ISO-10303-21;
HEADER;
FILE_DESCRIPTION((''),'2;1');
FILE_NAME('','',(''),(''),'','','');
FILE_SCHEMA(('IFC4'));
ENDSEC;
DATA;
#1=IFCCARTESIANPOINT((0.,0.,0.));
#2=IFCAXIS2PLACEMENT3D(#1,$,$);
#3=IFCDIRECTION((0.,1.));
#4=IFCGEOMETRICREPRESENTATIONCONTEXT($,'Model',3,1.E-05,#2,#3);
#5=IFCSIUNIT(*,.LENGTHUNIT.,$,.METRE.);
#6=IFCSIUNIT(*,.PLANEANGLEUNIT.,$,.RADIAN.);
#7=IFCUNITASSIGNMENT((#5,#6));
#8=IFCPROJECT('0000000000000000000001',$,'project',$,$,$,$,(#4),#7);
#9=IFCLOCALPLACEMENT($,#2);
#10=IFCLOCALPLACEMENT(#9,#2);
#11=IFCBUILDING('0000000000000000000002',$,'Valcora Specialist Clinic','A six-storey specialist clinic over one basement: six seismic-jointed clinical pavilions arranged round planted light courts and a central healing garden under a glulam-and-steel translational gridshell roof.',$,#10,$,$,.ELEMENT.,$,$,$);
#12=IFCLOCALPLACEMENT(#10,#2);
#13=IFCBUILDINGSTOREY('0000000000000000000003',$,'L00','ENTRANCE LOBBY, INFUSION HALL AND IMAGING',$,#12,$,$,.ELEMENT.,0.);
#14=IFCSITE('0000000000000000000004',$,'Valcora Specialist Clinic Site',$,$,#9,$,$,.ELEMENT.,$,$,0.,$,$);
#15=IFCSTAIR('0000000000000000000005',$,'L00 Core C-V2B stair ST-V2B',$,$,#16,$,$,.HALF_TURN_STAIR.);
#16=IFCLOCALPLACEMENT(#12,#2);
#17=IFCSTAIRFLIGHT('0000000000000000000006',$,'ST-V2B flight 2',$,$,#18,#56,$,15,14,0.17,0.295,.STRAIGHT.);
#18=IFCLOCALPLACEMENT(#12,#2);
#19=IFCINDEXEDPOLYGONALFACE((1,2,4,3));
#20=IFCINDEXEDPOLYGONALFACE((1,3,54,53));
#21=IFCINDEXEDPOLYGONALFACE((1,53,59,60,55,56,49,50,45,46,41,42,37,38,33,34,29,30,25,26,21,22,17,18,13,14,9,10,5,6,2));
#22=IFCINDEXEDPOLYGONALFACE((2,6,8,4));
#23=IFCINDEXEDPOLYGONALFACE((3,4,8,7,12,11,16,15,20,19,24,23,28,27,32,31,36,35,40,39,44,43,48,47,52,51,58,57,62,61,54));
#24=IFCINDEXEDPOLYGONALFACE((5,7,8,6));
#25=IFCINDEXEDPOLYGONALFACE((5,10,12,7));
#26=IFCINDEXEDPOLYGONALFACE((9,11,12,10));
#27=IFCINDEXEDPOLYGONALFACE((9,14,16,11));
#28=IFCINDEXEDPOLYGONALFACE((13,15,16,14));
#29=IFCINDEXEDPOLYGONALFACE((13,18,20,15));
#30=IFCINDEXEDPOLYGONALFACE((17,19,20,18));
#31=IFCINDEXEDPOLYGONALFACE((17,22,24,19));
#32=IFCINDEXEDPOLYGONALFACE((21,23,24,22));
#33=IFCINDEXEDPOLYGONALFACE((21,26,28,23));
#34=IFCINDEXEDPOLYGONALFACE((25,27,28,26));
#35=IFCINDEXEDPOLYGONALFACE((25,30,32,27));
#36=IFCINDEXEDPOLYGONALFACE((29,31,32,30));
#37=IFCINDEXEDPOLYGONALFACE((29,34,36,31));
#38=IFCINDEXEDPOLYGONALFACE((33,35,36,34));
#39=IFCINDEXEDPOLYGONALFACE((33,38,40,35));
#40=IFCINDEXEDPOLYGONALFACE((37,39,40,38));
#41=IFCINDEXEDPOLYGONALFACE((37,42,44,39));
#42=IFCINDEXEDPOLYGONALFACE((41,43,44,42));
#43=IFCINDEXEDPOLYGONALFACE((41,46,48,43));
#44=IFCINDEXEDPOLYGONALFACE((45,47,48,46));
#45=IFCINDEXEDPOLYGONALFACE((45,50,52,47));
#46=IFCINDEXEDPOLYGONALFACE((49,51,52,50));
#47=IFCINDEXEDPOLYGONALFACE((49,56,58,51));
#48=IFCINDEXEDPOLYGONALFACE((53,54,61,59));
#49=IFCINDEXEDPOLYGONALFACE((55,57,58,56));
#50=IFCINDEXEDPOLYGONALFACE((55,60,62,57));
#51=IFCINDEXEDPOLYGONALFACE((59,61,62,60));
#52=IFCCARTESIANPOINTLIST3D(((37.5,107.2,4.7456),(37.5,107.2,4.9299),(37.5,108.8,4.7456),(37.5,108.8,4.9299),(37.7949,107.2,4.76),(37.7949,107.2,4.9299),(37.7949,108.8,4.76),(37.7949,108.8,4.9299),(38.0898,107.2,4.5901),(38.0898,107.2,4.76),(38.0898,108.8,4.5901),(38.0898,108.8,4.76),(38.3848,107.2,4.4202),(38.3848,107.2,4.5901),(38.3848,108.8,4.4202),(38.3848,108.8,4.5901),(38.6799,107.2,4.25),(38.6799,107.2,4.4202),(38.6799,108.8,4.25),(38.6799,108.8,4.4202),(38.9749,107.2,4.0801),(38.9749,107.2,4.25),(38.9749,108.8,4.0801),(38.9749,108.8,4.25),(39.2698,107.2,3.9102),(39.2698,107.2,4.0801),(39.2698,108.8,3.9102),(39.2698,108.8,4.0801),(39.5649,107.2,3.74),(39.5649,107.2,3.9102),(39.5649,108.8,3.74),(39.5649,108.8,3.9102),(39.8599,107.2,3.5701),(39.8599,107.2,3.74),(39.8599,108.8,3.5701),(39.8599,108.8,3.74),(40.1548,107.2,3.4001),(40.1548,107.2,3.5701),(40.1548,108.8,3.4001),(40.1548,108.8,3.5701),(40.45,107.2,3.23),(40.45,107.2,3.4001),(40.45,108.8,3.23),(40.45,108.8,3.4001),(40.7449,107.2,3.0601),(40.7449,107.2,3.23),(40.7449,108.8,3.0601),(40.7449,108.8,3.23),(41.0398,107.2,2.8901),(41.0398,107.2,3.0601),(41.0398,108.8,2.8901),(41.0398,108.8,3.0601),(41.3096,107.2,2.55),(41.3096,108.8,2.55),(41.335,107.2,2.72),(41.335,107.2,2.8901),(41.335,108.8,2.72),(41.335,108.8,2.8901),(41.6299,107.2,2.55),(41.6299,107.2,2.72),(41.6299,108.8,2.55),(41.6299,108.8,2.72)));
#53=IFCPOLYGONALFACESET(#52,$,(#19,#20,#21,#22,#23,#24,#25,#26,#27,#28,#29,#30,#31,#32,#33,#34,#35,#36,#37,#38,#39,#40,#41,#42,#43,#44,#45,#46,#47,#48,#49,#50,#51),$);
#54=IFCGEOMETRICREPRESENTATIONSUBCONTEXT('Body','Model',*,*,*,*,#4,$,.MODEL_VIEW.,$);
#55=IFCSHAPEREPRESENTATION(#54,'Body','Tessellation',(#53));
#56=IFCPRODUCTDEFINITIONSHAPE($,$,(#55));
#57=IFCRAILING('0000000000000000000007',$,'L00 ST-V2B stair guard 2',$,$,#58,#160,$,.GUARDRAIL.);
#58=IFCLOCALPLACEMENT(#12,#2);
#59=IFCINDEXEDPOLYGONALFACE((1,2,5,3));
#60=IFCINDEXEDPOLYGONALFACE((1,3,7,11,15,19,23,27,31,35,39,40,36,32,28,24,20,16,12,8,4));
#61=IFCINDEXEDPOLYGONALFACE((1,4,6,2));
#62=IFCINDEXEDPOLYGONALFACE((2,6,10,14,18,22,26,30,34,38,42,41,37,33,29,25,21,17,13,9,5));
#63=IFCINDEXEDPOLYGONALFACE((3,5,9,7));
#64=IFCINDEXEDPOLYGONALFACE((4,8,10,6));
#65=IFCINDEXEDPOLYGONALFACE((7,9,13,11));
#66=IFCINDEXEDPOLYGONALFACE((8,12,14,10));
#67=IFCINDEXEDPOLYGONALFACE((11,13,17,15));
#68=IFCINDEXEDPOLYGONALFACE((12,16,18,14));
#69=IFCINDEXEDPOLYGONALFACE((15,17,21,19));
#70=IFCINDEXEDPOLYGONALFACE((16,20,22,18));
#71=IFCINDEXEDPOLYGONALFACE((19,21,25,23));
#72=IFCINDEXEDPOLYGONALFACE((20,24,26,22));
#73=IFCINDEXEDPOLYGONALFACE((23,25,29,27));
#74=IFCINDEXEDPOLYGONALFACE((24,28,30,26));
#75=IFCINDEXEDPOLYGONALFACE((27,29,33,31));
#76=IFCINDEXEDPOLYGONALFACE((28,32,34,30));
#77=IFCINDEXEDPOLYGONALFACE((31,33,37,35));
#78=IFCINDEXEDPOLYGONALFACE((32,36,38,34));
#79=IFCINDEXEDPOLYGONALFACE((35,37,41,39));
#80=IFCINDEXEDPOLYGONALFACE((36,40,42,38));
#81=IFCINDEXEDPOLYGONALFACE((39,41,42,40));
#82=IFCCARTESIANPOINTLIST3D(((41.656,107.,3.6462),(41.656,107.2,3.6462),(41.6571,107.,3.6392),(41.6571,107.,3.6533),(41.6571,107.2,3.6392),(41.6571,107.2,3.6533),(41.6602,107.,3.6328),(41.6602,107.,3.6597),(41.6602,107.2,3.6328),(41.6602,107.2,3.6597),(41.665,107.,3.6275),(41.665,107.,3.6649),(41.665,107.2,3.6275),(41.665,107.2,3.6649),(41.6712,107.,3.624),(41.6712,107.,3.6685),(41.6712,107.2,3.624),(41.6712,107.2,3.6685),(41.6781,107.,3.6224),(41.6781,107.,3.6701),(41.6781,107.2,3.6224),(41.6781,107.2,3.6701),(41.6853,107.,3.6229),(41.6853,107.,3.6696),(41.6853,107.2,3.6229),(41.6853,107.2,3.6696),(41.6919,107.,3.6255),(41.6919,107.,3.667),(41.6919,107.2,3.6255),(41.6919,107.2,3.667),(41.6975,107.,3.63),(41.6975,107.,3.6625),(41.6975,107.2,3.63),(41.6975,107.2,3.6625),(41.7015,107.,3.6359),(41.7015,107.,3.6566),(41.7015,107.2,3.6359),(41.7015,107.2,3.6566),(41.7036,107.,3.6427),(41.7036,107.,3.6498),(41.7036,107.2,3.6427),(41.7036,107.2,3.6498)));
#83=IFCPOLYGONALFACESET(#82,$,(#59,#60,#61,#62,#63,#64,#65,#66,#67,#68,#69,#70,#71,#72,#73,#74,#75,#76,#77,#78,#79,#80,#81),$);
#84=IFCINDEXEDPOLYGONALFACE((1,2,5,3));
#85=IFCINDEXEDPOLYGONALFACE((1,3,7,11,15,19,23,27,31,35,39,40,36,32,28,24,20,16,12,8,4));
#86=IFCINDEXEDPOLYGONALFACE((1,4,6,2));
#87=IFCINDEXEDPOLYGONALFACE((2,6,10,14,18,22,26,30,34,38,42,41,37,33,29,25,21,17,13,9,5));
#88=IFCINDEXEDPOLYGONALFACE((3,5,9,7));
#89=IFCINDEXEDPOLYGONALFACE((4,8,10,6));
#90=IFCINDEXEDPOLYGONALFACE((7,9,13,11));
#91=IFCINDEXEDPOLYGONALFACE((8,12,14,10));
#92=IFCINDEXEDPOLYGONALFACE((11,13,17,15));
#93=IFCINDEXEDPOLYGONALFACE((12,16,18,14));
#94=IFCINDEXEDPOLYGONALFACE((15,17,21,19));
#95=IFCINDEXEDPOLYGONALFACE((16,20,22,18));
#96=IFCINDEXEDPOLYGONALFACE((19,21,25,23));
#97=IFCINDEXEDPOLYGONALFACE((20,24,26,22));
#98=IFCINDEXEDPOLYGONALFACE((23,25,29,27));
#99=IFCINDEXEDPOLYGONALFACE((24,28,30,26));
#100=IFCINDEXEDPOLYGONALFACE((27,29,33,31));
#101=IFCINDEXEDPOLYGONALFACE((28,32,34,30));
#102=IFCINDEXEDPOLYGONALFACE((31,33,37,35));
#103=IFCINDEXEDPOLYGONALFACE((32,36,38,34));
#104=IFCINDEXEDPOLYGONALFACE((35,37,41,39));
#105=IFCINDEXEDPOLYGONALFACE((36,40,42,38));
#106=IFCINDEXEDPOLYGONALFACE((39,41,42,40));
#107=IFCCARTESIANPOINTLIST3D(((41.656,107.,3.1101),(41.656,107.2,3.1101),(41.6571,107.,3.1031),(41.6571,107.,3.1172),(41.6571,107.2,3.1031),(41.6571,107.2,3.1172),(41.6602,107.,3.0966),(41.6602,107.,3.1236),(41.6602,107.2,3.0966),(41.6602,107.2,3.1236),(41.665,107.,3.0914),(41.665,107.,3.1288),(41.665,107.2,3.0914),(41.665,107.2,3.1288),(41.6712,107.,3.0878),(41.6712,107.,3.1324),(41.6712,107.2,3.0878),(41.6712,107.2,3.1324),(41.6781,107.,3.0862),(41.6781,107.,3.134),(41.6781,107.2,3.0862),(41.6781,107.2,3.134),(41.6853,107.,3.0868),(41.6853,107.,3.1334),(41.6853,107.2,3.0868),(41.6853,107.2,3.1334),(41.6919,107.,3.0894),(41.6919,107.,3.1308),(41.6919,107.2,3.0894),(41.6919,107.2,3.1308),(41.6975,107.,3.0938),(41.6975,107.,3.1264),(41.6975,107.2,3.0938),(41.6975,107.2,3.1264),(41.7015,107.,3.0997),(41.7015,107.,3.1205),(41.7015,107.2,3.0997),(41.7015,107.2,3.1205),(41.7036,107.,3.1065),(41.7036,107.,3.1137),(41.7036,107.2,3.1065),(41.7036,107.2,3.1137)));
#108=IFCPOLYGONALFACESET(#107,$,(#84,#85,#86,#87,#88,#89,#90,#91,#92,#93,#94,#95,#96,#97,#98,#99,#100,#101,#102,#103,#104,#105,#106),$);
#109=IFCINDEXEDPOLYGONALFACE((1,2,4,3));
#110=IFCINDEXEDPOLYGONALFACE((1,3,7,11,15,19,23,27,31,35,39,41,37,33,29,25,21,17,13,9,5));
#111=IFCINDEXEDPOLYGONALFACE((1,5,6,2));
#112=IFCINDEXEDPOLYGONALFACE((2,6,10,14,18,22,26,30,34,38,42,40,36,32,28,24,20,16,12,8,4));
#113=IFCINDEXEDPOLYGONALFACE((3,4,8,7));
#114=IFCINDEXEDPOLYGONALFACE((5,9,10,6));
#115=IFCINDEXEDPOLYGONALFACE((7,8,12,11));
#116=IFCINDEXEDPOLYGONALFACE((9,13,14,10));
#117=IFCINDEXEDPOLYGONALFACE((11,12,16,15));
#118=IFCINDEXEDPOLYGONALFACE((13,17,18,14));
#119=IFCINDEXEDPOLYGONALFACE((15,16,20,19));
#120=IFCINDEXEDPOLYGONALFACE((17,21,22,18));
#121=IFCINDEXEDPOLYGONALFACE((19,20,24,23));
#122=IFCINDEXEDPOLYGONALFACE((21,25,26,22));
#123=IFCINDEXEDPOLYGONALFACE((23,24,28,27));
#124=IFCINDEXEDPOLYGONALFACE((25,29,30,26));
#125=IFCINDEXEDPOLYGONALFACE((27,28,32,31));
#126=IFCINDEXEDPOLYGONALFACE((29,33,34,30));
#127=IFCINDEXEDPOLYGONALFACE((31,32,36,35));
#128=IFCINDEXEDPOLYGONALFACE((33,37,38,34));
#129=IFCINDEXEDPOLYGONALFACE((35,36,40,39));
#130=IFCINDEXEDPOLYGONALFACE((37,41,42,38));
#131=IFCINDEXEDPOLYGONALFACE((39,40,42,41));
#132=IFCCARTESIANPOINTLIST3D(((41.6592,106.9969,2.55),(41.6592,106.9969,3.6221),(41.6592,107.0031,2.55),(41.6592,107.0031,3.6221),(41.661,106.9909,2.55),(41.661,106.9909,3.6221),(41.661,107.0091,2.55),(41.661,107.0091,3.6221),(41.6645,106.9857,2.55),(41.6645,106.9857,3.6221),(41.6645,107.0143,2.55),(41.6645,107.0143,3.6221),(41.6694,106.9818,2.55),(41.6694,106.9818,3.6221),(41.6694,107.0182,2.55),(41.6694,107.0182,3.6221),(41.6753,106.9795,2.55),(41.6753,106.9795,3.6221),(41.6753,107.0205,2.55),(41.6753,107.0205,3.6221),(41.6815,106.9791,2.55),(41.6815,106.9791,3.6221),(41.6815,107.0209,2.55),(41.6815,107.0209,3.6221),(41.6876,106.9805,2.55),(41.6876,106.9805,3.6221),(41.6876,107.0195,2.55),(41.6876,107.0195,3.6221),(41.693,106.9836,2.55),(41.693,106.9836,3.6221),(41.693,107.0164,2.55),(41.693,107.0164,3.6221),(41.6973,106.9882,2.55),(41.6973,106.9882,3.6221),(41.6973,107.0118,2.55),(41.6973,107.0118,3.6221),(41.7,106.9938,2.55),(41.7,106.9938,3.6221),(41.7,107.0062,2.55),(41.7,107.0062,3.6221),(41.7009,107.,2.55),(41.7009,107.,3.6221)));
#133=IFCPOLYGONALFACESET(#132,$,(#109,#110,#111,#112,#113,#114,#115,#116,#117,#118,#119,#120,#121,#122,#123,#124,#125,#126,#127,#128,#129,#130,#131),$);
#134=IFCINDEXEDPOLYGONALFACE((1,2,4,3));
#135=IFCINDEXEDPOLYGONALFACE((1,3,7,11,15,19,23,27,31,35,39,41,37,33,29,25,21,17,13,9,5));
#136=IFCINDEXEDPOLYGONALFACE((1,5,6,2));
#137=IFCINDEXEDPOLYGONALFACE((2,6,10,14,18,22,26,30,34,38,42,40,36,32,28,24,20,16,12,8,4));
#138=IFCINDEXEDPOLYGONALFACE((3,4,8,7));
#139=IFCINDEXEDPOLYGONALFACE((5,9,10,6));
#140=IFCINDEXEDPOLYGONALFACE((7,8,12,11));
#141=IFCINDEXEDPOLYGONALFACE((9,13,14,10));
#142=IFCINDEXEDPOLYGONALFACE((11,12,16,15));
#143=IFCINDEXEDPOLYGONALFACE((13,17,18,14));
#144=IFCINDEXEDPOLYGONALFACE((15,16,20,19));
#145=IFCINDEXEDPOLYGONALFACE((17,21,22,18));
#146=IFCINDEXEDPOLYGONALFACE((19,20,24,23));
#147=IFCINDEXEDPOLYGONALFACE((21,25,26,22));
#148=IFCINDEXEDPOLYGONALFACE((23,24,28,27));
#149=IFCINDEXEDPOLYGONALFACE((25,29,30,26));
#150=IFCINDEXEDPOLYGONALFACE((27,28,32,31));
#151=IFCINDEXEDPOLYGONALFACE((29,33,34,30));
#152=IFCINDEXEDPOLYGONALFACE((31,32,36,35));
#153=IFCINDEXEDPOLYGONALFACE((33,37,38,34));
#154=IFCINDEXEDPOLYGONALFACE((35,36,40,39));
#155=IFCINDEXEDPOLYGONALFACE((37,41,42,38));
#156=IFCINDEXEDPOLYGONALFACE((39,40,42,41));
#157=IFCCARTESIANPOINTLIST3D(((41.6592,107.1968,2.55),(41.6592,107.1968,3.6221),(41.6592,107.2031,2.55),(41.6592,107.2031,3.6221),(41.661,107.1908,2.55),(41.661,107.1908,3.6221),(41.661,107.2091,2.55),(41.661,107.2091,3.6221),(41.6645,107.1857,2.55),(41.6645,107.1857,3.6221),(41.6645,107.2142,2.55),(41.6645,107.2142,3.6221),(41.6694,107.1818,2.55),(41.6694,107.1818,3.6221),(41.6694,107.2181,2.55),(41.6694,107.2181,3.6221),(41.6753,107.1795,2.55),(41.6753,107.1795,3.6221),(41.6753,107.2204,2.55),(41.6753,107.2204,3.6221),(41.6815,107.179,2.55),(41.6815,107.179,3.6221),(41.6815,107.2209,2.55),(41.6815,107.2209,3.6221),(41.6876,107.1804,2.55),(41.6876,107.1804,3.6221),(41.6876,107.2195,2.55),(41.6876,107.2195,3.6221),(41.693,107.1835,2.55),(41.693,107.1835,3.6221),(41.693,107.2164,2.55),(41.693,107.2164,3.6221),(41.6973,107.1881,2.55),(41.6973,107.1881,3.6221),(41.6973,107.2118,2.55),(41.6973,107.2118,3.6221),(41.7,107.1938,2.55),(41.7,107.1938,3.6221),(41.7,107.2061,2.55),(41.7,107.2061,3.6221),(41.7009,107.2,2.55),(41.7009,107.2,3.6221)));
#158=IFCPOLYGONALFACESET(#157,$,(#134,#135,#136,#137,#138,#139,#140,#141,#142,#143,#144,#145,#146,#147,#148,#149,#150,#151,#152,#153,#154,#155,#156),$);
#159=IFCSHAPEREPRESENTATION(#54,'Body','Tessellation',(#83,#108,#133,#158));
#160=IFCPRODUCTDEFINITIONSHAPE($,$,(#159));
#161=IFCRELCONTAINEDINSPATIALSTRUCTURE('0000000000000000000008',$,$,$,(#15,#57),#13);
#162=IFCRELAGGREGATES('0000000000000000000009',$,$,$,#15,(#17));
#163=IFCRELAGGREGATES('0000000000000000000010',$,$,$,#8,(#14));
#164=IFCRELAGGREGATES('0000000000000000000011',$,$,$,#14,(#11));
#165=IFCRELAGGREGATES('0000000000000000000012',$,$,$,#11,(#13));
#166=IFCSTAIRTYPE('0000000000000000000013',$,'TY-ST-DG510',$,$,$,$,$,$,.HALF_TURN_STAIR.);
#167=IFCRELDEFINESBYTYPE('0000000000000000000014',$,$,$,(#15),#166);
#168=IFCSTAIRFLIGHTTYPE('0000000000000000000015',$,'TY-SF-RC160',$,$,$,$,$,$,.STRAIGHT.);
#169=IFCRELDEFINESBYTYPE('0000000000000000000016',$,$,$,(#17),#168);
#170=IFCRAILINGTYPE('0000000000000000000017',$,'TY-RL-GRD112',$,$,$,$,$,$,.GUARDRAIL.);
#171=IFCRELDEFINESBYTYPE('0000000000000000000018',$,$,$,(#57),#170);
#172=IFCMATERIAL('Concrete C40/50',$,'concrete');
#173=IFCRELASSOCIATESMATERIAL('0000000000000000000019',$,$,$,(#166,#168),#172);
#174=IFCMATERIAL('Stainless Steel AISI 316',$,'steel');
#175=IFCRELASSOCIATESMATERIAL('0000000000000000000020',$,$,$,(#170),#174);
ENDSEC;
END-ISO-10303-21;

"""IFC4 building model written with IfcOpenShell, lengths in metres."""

from ifc_helpers import new_model, si_unit, direction, frame, origin, origin_2d, place, context, subcontext, project, spatial, polyline, circle, outline, extrude, material, type_object, element, aggregate, save


model = new_model("IFC4")

# Units and contexts
model_context = context("Model", 3, precision=1e-05, world=origin(), true_north=direction((0.0, 1.0)))
body_context = subcontext(model_context, "Body", "Model", "MODEL_VIEW")
ifc_project = project(units=[si_unit("LENGTHUNIT", "METRE"), si_unit("PLANEANGLEUNIT", "RADIAN")], contexts=[model_context])

# Site, building, storey
site_placement = place(None, origin())
site = spatial("IfcSite", under=ifc_project, at=site_placement, Name="Valcora Specialist Clinic Site", CompositionType="ELEMENT", RefElevation=0.0)
building_placement = place(site_placement, origin())
building = spatial("IfcBuilding", under=site, at=building_placement, Name="Valcora Specialist Clinic", Description="A six-storey specialist clinic over one basement: six seismic-jointed clinical pavilions arranged round planted light courts and a central healing garden under a glulam-and-steel translational gridshell roof.", CompositionType="ELEMENT")
storey_placement = place(building_placement, origin())
storey = spatial("IfcBuildingStorey", under=building, at=storey_placement, Name="L00", Description="ENTRANCE LOBBY, INFUSION HALL AND IMAGING", CompositionType="ELEMENT", Elevation=0.0)

# Shared definitions
ifc_material_1 = material(Name="Concrete C40/50", Category="concrete")

# Stair, stair flight
stair_type = type_object("IfcStairType", Name="TY-ST-DG510", PredefinedType="HALF_TURN_STAIR", material=ifc_material_1)
stair_placement = place(storey_placement, origin())
stair = element("IfcStair", 1, at=stair_placement, inside=storey, type_object=stair_type, Name="L00 Core C-V2B stair ST-V2B", PredefinedType="HALF_TURN_STAIR")
stair_flight_type = type_object("IfcStairFlightType", Name="TY-SF-RC160", PredefinedType="STRAIGHT", material=ifc_material_1)
stair_flight_1_placement = place(storey_placement, frame((41.6299, 108.0, 2.55), z_axis=(0.0, 0.0, 1.0), x_axis=(-1.0, 0.0, 0.0)))
stair_flight_1 = element("IfcStairFlight", 2, at=stair_flight_1_placement, type_object=stair_flight_type, Name="ST-V2B flight 2", NumberOfRisers=15, NumberOfTreads=14, PredefinedType="STRAIGHT", RiserHeight=0.17, TreadLength=0.295, context=body_context, shape_type="SweptSolid", body=[
    extrude(outline(polyline([(0.0, 0.0), (0.0, 0.1699), (0.2949, 0.1699), (0.2949, 0.3401), (0.5901, 0.3401), (0.5901, 0.51), (0.885, 0.51), (0.885, 0.6799), (1.1799, 0.6799), (1.1799, 0.8501), (1.4751, 0.8501), (1.4751, 1.02), (1.77, 1.02), (1.77, 1.1899), (2.0649, 1.1899), (2.0649, 1.3601), (2.3601, 1.3601), (2.3601, 1.53), (2.655, 1.53), (2.655, 1.7), (2.95, 1.7), (2.95, 1.8701), (3.2451, 1.8701), (3.2451, 2.04), (3.54, 2.04), (3.54, 2.21), (3.835, 2.21), (3.835, 2.3799), (4.1299, 2.3799), (4.1299, 2.55), (4.1299, 2.1956), (0.3203, 0.0), (0.0, 0.0)])), frame((0.0, 0.8, 0.0), z_axis=(0.0, -1.0, 0.0), x_axis=(1.0, 0.0, 0.0)), (0.0, 0.0, 1.0), 1.6001),
])
aggregate(stair, [stair_flight_1])

# Railing
ifc_material_2 = material(Name="Stainless Steel AISI 316", Category="steel")
railing_type_1 = type_object("IfcRailingType", Name="TY-RL-GRD112", PredefinedType="GUARDRAIL", material=ifc_material_2)
railing_1_placement = place(storey_placement, frame((41.6799, 107.0, 2.55)))
element("IfcRailing", 3, at=railing_1_placement, inside=storey, type_object=railing_type_1, Name="L00 ST-V2B stair guard 2", PredefinedType="GUARDRAIL", context=body_context, shape_type="SweptSolid", body=[
    extrude(circle(Radius=0.0239, at=origin_2d()), frame((0.0, 0.0, 1.0962), z_axis=(0.0, 1.0, 0.0), x_axis=(-1.0, 0.0, 0.0)), (0.0, 0.0, 1.0), 0.2),
    extrude(circle(Radius=0.0239, at=origin_2d()), frame((0.0, 0.0, 0.5601), z_axis=(0.0, 1.0, 0.0), x_axis=(-1.0, 0.0, 0.0)), (0.0, 0.0, 1.0), 0.2),
    extrude(circle(Radius=0.021, at=origin_2d()), origin(), (0.0, 0.0, 1.0), 1.072),
    extrude(circle(Radius=0.021, at=origin_2d()), frame((0.0, 0.2, 0.0)), (0.0, 0.0, 1.0), 1.072),
])

save(model, "model.ifc")
